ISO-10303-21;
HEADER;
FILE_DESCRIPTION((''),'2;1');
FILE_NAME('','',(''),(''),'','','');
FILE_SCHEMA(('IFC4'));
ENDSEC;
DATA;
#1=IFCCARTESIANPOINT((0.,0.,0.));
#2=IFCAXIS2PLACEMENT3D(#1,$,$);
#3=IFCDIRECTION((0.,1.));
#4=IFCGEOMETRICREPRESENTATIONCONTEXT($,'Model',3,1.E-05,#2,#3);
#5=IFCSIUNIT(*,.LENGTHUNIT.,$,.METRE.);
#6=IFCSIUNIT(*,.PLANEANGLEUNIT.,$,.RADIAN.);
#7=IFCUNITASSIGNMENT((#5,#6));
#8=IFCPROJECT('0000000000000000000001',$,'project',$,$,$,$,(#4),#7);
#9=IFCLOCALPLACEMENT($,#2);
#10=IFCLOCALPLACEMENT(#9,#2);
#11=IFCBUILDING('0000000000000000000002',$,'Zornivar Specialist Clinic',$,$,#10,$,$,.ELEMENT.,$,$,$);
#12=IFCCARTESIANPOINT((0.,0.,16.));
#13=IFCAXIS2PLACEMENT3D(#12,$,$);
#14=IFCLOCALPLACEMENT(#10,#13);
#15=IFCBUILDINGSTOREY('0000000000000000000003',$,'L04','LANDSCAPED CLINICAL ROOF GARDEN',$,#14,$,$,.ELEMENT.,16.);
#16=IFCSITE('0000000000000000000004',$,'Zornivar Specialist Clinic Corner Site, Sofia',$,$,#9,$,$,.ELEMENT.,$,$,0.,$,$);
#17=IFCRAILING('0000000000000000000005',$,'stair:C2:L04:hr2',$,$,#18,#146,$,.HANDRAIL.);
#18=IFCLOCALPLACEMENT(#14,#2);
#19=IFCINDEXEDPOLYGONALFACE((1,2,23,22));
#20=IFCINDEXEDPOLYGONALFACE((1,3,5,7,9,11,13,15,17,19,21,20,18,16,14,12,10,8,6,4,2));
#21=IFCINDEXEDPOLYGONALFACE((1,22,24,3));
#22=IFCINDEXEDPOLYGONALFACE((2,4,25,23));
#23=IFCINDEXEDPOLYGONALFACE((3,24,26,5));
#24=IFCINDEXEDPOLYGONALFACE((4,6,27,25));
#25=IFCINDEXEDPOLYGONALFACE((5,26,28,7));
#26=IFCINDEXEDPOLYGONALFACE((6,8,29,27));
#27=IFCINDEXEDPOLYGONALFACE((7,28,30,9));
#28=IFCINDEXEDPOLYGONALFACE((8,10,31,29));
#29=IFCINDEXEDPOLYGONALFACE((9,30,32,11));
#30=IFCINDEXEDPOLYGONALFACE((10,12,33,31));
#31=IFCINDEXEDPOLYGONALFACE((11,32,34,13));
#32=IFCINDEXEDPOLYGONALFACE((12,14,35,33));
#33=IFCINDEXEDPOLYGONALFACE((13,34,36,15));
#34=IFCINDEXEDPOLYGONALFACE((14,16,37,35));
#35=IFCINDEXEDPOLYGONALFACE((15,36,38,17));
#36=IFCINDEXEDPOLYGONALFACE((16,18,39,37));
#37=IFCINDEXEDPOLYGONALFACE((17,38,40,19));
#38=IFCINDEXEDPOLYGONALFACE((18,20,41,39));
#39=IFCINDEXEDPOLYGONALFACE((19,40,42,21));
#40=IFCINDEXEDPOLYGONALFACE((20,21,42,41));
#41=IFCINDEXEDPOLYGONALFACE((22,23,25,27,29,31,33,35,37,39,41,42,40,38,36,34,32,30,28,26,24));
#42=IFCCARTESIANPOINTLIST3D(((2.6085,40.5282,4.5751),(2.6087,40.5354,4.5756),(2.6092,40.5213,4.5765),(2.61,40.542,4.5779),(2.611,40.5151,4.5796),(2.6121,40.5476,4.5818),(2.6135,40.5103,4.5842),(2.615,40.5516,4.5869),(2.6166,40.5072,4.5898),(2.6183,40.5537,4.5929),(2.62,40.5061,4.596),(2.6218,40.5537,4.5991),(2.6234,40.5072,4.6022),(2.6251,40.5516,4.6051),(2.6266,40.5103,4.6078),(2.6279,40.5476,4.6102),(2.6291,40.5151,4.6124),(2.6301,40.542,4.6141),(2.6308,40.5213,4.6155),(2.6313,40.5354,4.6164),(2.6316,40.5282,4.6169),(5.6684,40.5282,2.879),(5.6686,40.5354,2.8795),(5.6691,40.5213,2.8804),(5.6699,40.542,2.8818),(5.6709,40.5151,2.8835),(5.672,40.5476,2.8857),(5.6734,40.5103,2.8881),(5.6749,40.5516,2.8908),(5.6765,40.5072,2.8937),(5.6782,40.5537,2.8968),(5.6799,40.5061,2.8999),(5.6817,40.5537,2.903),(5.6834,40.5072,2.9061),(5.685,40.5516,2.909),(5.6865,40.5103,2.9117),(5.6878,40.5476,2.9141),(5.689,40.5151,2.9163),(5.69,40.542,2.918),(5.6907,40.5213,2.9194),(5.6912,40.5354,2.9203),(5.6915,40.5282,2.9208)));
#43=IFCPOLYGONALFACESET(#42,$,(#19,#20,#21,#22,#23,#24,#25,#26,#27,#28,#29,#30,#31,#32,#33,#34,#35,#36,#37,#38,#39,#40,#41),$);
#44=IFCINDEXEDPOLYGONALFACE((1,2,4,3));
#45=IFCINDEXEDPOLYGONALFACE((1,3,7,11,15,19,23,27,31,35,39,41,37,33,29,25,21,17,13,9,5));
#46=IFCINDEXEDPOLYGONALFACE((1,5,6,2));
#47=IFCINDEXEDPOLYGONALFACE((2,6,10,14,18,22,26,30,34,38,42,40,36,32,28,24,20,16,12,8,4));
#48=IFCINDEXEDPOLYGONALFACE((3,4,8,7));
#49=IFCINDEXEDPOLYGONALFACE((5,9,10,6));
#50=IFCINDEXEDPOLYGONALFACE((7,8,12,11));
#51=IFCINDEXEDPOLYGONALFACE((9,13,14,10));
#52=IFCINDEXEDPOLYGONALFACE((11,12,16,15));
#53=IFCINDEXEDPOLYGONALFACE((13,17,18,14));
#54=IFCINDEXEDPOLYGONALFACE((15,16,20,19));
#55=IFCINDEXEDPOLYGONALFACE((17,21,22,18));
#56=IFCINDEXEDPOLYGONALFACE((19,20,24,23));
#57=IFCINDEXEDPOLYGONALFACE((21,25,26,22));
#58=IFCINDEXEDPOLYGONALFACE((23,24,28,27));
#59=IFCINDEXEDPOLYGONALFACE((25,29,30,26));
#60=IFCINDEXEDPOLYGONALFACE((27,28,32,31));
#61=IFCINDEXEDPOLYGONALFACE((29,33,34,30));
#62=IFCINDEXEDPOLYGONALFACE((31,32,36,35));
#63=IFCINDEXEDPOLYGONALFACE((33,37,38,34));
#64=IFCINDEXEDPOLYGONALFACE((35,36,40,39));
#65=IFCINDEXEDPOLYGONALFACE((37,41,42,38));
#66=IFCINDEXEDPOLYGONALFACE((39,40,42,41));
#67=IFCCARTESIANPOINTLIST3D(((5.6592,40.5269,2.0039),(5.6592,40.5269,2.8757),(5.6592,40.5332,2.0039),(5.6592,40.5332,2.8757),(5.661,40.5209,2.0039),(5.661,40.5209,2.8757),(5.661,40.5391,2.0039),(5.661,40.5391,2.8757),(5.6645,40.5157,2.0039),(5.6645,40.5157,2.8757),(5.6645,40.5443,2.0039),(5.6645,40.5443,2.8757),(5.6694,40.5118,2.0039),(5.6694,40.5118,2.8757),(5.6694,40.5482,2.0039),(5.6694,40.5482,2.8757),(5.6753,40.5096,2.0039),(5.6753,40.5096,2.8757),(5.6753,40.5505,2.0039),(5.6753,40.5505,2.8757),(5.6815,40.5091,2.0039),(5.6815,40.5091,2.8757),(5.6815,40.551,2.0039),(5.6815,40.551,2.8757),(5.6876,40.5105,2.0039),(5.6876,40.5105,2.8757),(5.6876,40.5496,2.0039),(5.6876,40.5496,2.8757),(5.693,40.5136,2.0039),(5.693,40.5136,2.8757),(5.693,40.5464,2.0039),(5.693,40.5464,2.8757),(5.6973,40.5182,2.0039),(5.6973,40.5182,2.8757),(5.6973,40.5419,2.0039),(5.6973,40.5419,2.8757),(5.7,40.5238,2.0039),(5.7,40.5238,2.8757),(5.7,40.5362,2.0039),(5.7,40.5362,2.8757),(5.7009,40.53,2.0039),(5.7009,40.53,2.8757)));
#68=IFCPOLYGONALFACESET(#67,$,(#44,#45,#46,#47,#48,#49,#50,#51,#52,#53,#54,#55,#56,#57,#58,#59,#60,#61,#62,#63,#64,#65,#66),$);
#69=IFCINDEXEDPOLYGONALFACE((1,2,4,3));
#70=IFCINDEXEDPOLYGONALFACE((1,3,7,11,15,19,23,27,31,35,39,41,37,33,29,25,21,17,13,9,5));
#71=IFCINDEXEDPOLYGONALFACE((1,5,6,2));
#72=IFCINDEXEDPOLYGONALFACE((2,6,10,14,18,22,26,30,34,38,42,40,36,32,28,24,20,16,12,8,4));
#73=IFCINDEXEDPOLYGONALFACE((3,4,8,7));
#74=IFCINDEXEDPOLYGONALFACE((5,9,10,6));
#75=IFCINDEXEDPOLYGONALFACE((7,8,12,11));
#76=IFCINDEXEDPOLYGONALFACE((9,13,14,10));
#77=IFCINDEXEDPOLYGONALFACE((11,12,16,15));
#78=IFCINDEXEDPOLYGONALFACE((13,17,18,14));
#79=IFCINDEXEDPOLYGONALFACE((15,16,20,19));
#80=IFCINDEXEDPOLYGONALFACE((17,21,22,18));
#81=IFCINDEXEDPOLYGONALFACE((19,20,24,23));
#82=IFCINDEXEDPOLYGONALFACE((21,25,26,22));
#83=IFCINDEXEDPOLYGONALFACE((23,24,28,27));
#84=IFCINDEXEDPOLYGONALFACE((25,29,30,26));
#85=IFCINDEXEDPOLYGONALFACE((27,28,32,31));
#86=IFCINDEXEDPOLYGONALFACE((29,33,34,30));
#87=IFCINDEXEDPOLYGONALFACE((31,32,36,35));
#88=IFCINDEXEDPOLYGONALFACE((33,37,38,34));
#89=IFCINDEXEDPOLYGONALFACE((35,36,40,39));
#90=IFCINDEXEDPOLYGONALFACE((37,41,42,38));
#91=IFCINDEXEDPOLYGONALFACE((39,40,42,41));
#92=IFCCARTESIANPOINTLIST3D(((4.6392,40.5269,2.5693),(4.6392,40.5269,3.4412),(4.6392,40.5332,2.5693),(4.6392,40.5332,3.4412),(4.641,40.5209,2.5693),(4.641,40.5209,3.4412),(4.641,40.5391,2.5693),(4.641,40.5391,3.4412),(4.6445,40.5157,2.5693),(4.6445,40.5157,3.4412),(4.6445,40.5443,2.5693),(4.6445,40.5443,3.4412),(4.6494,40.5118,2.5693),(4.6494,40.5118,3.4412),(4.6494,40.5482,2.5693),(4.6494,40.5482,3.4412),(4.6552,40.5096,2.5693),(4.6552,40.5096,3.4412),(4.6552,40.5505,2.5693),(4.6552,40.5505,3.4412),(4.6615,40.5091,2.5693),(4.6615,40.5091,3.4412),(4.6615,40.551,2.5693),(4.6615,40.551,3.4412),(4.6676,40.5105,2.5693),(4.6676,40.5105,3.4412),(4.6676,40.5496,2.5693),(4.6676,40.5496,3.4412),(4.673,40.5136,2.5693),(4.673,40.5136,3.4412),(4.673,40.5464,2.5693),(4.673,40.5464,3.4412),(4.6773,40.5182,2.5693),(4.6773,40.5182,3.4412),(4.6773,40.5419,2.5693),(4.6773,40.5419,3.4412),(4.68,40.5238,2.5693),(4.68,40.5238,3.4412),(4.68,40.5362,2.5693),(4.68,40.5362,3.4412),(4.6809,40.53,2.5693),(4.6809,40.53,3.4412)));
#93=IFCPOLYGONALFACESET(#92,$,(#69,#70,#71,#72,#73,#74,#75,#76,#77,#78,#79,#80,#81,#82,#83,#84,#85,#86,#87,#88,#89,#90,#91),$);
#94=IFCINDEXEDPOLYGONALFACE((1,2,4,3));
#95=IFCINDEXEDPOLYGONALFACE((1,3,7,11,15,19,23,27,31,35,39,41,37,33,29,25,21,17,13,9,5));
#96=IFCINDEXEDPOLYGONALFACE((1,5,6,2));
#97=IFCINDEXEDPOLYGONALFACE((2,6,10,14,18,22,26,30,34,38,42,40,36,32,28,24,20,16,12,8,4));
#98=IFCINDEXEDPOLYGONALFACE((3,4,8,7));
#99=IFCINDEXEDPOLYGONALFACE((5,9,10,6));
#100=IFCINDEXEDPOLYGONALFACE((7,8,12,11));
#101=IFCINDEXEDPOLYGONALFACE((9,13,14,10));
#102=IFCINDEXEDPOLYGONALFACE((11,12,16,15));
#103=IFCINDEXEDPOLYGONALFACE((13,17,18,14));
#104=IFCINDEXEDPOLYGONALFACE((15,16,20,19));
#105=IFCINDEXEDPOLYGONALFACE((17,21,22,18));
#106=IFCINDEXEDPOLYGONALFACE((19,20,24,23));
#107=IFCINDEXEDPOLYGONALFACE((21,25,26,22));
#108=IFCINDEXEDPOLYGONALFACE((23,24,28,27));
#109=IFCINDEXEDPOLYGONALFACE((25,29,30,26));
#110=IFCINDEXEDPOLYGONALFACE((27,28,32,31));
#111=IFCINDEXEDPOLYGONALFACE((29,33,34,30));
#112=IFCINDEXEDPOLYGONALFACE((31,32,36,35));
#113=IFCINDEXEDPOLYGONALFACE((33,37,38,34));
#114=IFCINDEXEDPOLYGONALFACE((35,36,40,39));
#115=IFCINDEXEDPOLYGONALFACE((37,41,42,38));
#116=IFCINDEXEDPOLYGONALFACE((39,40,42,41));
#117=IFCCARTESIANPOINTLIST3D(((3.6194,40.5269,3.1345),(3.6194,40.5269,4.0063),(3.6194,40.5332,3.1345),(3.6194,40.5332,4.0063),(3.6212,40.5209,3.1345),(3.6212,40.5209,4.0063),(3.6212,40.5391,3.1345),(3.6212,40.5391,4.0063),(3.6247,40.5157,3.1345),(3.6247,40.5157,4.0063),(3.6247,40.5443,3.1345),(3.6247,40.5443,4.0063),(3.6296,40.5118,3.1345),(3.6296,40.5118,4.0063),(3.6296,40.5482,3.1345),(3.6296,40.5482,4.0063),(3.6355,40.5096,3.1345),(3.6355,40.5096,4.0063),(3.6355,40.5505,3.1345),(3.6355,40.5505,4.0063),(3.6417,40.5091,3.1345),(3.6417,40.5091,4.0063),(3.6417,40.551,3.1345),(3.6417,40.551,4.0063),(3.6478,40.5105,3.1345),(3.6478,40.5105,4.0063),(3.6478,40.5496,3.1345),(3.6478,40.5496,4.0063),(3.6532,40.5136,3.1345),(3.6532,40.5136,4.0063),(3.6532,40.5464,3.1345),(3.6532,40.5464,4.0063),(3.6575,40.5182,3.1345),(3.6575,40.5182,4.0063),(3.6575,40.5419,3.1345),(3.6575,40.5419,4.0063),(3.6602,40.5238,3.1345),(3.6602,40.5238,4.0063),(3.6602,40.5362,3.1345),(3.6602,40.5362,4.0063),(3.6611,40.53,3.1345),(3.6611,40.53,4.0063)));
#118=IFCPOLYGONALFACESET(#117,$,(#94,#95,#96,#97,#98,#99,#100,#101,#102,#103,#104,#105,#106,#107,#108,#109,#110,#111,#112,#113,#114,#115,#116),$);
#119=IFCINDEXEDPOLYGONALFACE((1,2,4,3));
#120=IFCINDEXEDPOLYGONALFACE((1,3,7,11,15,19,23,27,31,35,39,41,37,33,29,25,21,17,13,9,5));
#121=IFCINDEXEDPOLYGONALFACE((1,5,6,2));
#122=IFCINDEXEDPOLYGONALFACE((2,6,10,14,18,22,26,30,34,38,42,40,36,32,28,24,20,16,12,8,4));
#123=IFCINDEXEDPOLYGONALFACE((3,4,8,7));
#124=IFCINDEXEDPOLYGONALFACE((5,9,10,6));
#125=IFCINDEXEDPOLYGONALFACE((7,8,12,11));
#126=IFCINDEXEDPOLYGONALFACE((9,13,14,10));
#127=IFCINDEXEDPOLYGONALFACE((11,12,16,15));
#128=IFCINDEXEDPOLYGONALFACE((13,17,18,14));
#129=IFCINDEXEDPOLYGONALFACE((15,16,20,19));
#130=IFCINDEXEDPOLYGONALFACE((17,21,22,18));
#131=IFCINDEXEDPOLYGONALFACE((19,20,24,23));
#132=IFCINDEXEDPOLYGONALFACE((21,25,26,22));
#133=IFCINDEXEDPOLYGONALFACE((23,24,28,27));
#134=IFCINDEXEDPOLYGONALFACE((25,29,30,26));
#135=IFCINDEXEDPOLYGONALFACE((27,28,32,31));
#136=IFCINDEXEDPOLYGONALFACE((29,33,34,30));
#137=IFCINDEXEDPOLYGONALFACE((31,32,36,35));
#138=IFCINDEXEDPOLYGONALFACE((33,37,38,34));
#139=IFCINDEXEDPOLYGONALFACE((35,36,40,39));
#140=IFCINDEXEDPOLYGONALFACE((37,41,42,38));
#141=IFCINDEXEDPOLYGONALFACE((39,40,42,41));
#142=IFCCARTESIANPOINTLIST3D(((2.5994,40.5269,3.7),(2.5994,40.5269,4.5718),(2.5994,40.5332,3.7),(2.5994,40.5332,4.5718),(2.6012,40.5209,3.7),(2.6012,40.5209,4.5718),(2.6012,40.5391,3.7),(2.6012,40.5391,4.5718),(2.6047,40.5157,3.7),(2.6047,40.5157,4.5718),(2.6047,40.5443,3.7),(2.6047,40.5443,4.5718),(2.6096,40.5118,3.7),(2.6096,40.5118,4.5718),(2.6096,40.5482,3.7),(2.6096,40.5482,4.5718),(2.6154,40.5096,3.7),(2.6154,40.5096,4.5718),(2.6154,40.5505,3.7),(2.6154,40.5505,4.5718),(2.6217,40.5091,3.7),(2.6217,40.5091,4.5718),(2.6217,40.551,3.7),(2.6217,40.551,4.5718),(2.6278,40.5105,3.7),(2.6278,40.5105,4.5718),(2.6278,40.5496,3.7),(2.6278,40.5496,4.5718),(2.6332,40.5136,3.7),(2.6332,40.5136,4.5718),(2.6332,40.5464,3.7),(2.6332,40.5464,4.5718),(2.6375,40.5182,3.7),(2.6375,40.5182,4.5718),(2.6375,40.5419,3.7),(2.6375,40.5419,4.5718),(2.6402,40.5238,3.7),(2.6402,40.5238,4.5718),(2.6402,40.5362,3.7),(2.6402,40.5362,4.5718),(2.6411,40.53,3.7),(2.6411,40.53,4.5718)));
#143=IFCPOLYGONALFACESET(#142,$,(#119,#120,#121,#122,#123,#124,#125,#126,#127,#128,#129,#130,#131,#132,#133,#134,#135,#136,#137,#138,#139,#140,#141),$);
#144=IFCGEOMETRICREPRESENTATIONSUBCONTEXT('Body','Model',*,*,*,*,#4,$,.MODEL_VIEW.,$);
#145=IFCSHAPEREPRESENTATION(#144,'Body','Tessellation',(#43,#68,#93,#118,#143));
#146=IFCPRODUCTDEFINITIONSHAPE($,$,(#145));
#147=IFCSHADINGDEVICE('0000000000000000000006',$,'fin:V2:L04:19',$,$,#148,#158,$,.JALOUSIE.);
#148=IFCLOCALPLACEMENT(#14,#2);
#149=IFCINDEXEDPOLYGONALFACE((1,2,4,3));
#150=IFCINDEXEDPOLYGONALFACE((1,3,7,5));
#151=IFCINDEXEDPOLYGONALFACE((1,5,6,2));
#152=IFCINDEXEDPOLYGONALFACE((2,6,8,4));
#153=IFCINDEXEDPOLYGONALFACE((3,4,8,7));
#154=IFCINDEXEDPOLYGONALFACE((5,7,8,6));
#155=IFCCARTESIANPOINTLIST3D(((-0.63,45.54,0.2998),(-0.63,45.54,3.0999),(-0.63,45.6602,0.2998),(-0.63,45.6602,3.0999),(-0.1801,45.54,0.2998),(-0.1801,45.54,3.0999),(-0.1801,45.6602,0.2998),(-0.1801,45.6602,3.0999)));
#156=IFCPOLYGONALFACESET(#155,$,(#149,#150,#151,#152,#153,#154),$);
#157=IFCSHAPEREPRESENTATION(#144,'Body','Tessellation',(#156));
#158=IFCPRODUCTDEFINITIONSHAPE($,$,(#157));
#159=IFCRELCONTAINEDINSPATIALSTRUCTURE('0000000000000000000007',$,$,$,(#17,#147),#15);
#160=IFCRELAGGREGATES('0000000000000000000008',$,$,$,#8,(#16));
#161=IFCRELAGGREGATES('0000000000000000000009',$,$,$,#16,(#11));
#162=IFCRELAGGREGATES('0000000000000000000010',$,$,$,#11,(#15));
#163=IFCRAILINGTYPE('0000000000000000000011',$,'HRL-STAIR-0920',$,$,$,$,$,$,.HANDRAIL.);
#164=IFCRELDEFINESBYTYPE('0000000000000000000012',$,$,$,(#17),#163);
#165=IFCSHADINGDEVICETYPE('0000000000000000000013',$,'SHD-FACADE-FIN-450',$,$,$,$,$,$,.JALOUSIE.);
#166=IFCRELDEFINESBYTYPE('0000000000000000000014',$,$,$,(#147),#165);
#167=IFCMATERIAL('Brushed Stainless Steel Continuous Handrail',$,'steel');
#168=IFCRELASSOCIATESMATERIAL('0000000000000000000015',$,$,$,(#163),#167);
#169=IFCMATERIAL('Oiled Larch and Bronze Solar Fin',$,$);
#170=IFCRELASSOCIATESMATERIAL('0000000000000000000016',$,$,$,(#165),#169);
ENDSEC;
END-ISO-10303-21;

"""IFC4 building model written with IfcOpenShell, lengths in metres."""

from ifc_helpers import new_model, si_unit, direction, frame, origin, origin_2d, place, context, subcontext, project, spatial, rectangle, circle, extrude, material, type_object, element, save


model = new_model("IFC4")

# Units and contexts
model_context = context("Model", 3, precision=1e-05, world=origin(), true_north=direction((0.0, 1.0)))
body_context = subcontext(model_context, "Body", "Model", "MODEL_VIEW")
ifc_project = project(units=[si_unit("LENGTHUNIT", "METRE"), si_unit("PLANEANGLEUNIT", "RADIAN")], contexts=[model_context])

# Site, building, storey
site_placement = place(None, origin())
site = spatial("IfcSite", under=ifc_project, at=site_placement, Name="Zornivar Specialist Clinic Corner Site, Sofia", CompositionType="ELEMENT", RefElevation=0.0)
building_placement = place(site_placement, origin())
building = spatial("IfcBuilding", under=site, at=building_placement, Name="Zornivar Specialist Clinic", CompositionType="ELEMENT")
storey_placement = place(building_placement, frame((0.0, 0.0, 16.0)))
storey = spatial("IfcBuildingStorey", under=building, at=storey_placement, Name="L04", Description="LANDSCAPED CLINICAL ROOF GARDEN", CompositionType="ELEMENT", Elevation=16.0)

# Railing
ifc_material_1 = material(Name="Brushed Stainless Steel Continuous Handrail", Category="steel")
railing_type = type_object("IfcRailingType", Name="HRL-STAIR-0920", PredefinedType="HANDRAIL", material=ifc_material_1)
railing_placement = place(storey_placement, frame((5.6799, 40.53, 2.0039)))
element("IfcRailing", 1, at=railing_placement, inside=storey, type_object=railing_type, Name="stair:C2:L04:hr2", PredefinedType="HANDRAIL", context=body_context, shape_type="SweptSolid", body=[
    extrude(circle(Radius=0.0239, at=origin_2d()), frame((0.0, 0.0, 0.896), z_axis=(-0.874624, 0.0, 0.484801), x_axis=(0.0, -1.0, 0.0)), (0.0, 0.0, 1.0), 3.4985),
    extrude(circle(Radius=0.021, at=origin_2d()), origin(), (0.0, 0.0, 1.0), 0.8718),
    extrude(circle(Radius=0.021, at=origin_2d()), frame((-1.02, 0.0, 0.5654)), (0.0, 0.0, 1.0), 0.8718),
    extrude(circle(Radius=0.021, at=origin_2d()), frame((-2.0398, 0.0, 1.1306)), (0.0, 0.0, 1.0), 0.8718),
    extrude(circle(Radius=0.021, at=origin_2d()), frame((-3.0598, 0.0, 1.696)), (0.0, 0.0, 1.0), 0.8718),
])

# Shading device
ifc_material_2 = material(Name="Oiled Larch and Bronze Solar Fin")
shading_device_type = type_object("IfcShadingDeviceType", Name="SHD-FACADE-FIN-450", PredefinedType="JALOUSIE", material=ifc_material_2)
shading_device_placement = place(storey_placement, frame((-0.405, 45.6001, 0.2998), z_axis=(0.0, 0.0, 1.0), x_axis=(0.0, -1.0, 0.0)))
element("IfcShadingDevice", 2, at=shading_device_placement, inside=storey, type_object=shading_device_type, Name="fin:V2:L04:19", PredefinedType="JALOUSIE", context=body_context, shape_type="SweptSolid", body=[
    extrude(rectangle(XDim=0.1201, YDim=0.45, at=origin_2d()), origin(), (0.0, 0.0, 1.0), 2.8),
])

save(model, "model.ifc")
